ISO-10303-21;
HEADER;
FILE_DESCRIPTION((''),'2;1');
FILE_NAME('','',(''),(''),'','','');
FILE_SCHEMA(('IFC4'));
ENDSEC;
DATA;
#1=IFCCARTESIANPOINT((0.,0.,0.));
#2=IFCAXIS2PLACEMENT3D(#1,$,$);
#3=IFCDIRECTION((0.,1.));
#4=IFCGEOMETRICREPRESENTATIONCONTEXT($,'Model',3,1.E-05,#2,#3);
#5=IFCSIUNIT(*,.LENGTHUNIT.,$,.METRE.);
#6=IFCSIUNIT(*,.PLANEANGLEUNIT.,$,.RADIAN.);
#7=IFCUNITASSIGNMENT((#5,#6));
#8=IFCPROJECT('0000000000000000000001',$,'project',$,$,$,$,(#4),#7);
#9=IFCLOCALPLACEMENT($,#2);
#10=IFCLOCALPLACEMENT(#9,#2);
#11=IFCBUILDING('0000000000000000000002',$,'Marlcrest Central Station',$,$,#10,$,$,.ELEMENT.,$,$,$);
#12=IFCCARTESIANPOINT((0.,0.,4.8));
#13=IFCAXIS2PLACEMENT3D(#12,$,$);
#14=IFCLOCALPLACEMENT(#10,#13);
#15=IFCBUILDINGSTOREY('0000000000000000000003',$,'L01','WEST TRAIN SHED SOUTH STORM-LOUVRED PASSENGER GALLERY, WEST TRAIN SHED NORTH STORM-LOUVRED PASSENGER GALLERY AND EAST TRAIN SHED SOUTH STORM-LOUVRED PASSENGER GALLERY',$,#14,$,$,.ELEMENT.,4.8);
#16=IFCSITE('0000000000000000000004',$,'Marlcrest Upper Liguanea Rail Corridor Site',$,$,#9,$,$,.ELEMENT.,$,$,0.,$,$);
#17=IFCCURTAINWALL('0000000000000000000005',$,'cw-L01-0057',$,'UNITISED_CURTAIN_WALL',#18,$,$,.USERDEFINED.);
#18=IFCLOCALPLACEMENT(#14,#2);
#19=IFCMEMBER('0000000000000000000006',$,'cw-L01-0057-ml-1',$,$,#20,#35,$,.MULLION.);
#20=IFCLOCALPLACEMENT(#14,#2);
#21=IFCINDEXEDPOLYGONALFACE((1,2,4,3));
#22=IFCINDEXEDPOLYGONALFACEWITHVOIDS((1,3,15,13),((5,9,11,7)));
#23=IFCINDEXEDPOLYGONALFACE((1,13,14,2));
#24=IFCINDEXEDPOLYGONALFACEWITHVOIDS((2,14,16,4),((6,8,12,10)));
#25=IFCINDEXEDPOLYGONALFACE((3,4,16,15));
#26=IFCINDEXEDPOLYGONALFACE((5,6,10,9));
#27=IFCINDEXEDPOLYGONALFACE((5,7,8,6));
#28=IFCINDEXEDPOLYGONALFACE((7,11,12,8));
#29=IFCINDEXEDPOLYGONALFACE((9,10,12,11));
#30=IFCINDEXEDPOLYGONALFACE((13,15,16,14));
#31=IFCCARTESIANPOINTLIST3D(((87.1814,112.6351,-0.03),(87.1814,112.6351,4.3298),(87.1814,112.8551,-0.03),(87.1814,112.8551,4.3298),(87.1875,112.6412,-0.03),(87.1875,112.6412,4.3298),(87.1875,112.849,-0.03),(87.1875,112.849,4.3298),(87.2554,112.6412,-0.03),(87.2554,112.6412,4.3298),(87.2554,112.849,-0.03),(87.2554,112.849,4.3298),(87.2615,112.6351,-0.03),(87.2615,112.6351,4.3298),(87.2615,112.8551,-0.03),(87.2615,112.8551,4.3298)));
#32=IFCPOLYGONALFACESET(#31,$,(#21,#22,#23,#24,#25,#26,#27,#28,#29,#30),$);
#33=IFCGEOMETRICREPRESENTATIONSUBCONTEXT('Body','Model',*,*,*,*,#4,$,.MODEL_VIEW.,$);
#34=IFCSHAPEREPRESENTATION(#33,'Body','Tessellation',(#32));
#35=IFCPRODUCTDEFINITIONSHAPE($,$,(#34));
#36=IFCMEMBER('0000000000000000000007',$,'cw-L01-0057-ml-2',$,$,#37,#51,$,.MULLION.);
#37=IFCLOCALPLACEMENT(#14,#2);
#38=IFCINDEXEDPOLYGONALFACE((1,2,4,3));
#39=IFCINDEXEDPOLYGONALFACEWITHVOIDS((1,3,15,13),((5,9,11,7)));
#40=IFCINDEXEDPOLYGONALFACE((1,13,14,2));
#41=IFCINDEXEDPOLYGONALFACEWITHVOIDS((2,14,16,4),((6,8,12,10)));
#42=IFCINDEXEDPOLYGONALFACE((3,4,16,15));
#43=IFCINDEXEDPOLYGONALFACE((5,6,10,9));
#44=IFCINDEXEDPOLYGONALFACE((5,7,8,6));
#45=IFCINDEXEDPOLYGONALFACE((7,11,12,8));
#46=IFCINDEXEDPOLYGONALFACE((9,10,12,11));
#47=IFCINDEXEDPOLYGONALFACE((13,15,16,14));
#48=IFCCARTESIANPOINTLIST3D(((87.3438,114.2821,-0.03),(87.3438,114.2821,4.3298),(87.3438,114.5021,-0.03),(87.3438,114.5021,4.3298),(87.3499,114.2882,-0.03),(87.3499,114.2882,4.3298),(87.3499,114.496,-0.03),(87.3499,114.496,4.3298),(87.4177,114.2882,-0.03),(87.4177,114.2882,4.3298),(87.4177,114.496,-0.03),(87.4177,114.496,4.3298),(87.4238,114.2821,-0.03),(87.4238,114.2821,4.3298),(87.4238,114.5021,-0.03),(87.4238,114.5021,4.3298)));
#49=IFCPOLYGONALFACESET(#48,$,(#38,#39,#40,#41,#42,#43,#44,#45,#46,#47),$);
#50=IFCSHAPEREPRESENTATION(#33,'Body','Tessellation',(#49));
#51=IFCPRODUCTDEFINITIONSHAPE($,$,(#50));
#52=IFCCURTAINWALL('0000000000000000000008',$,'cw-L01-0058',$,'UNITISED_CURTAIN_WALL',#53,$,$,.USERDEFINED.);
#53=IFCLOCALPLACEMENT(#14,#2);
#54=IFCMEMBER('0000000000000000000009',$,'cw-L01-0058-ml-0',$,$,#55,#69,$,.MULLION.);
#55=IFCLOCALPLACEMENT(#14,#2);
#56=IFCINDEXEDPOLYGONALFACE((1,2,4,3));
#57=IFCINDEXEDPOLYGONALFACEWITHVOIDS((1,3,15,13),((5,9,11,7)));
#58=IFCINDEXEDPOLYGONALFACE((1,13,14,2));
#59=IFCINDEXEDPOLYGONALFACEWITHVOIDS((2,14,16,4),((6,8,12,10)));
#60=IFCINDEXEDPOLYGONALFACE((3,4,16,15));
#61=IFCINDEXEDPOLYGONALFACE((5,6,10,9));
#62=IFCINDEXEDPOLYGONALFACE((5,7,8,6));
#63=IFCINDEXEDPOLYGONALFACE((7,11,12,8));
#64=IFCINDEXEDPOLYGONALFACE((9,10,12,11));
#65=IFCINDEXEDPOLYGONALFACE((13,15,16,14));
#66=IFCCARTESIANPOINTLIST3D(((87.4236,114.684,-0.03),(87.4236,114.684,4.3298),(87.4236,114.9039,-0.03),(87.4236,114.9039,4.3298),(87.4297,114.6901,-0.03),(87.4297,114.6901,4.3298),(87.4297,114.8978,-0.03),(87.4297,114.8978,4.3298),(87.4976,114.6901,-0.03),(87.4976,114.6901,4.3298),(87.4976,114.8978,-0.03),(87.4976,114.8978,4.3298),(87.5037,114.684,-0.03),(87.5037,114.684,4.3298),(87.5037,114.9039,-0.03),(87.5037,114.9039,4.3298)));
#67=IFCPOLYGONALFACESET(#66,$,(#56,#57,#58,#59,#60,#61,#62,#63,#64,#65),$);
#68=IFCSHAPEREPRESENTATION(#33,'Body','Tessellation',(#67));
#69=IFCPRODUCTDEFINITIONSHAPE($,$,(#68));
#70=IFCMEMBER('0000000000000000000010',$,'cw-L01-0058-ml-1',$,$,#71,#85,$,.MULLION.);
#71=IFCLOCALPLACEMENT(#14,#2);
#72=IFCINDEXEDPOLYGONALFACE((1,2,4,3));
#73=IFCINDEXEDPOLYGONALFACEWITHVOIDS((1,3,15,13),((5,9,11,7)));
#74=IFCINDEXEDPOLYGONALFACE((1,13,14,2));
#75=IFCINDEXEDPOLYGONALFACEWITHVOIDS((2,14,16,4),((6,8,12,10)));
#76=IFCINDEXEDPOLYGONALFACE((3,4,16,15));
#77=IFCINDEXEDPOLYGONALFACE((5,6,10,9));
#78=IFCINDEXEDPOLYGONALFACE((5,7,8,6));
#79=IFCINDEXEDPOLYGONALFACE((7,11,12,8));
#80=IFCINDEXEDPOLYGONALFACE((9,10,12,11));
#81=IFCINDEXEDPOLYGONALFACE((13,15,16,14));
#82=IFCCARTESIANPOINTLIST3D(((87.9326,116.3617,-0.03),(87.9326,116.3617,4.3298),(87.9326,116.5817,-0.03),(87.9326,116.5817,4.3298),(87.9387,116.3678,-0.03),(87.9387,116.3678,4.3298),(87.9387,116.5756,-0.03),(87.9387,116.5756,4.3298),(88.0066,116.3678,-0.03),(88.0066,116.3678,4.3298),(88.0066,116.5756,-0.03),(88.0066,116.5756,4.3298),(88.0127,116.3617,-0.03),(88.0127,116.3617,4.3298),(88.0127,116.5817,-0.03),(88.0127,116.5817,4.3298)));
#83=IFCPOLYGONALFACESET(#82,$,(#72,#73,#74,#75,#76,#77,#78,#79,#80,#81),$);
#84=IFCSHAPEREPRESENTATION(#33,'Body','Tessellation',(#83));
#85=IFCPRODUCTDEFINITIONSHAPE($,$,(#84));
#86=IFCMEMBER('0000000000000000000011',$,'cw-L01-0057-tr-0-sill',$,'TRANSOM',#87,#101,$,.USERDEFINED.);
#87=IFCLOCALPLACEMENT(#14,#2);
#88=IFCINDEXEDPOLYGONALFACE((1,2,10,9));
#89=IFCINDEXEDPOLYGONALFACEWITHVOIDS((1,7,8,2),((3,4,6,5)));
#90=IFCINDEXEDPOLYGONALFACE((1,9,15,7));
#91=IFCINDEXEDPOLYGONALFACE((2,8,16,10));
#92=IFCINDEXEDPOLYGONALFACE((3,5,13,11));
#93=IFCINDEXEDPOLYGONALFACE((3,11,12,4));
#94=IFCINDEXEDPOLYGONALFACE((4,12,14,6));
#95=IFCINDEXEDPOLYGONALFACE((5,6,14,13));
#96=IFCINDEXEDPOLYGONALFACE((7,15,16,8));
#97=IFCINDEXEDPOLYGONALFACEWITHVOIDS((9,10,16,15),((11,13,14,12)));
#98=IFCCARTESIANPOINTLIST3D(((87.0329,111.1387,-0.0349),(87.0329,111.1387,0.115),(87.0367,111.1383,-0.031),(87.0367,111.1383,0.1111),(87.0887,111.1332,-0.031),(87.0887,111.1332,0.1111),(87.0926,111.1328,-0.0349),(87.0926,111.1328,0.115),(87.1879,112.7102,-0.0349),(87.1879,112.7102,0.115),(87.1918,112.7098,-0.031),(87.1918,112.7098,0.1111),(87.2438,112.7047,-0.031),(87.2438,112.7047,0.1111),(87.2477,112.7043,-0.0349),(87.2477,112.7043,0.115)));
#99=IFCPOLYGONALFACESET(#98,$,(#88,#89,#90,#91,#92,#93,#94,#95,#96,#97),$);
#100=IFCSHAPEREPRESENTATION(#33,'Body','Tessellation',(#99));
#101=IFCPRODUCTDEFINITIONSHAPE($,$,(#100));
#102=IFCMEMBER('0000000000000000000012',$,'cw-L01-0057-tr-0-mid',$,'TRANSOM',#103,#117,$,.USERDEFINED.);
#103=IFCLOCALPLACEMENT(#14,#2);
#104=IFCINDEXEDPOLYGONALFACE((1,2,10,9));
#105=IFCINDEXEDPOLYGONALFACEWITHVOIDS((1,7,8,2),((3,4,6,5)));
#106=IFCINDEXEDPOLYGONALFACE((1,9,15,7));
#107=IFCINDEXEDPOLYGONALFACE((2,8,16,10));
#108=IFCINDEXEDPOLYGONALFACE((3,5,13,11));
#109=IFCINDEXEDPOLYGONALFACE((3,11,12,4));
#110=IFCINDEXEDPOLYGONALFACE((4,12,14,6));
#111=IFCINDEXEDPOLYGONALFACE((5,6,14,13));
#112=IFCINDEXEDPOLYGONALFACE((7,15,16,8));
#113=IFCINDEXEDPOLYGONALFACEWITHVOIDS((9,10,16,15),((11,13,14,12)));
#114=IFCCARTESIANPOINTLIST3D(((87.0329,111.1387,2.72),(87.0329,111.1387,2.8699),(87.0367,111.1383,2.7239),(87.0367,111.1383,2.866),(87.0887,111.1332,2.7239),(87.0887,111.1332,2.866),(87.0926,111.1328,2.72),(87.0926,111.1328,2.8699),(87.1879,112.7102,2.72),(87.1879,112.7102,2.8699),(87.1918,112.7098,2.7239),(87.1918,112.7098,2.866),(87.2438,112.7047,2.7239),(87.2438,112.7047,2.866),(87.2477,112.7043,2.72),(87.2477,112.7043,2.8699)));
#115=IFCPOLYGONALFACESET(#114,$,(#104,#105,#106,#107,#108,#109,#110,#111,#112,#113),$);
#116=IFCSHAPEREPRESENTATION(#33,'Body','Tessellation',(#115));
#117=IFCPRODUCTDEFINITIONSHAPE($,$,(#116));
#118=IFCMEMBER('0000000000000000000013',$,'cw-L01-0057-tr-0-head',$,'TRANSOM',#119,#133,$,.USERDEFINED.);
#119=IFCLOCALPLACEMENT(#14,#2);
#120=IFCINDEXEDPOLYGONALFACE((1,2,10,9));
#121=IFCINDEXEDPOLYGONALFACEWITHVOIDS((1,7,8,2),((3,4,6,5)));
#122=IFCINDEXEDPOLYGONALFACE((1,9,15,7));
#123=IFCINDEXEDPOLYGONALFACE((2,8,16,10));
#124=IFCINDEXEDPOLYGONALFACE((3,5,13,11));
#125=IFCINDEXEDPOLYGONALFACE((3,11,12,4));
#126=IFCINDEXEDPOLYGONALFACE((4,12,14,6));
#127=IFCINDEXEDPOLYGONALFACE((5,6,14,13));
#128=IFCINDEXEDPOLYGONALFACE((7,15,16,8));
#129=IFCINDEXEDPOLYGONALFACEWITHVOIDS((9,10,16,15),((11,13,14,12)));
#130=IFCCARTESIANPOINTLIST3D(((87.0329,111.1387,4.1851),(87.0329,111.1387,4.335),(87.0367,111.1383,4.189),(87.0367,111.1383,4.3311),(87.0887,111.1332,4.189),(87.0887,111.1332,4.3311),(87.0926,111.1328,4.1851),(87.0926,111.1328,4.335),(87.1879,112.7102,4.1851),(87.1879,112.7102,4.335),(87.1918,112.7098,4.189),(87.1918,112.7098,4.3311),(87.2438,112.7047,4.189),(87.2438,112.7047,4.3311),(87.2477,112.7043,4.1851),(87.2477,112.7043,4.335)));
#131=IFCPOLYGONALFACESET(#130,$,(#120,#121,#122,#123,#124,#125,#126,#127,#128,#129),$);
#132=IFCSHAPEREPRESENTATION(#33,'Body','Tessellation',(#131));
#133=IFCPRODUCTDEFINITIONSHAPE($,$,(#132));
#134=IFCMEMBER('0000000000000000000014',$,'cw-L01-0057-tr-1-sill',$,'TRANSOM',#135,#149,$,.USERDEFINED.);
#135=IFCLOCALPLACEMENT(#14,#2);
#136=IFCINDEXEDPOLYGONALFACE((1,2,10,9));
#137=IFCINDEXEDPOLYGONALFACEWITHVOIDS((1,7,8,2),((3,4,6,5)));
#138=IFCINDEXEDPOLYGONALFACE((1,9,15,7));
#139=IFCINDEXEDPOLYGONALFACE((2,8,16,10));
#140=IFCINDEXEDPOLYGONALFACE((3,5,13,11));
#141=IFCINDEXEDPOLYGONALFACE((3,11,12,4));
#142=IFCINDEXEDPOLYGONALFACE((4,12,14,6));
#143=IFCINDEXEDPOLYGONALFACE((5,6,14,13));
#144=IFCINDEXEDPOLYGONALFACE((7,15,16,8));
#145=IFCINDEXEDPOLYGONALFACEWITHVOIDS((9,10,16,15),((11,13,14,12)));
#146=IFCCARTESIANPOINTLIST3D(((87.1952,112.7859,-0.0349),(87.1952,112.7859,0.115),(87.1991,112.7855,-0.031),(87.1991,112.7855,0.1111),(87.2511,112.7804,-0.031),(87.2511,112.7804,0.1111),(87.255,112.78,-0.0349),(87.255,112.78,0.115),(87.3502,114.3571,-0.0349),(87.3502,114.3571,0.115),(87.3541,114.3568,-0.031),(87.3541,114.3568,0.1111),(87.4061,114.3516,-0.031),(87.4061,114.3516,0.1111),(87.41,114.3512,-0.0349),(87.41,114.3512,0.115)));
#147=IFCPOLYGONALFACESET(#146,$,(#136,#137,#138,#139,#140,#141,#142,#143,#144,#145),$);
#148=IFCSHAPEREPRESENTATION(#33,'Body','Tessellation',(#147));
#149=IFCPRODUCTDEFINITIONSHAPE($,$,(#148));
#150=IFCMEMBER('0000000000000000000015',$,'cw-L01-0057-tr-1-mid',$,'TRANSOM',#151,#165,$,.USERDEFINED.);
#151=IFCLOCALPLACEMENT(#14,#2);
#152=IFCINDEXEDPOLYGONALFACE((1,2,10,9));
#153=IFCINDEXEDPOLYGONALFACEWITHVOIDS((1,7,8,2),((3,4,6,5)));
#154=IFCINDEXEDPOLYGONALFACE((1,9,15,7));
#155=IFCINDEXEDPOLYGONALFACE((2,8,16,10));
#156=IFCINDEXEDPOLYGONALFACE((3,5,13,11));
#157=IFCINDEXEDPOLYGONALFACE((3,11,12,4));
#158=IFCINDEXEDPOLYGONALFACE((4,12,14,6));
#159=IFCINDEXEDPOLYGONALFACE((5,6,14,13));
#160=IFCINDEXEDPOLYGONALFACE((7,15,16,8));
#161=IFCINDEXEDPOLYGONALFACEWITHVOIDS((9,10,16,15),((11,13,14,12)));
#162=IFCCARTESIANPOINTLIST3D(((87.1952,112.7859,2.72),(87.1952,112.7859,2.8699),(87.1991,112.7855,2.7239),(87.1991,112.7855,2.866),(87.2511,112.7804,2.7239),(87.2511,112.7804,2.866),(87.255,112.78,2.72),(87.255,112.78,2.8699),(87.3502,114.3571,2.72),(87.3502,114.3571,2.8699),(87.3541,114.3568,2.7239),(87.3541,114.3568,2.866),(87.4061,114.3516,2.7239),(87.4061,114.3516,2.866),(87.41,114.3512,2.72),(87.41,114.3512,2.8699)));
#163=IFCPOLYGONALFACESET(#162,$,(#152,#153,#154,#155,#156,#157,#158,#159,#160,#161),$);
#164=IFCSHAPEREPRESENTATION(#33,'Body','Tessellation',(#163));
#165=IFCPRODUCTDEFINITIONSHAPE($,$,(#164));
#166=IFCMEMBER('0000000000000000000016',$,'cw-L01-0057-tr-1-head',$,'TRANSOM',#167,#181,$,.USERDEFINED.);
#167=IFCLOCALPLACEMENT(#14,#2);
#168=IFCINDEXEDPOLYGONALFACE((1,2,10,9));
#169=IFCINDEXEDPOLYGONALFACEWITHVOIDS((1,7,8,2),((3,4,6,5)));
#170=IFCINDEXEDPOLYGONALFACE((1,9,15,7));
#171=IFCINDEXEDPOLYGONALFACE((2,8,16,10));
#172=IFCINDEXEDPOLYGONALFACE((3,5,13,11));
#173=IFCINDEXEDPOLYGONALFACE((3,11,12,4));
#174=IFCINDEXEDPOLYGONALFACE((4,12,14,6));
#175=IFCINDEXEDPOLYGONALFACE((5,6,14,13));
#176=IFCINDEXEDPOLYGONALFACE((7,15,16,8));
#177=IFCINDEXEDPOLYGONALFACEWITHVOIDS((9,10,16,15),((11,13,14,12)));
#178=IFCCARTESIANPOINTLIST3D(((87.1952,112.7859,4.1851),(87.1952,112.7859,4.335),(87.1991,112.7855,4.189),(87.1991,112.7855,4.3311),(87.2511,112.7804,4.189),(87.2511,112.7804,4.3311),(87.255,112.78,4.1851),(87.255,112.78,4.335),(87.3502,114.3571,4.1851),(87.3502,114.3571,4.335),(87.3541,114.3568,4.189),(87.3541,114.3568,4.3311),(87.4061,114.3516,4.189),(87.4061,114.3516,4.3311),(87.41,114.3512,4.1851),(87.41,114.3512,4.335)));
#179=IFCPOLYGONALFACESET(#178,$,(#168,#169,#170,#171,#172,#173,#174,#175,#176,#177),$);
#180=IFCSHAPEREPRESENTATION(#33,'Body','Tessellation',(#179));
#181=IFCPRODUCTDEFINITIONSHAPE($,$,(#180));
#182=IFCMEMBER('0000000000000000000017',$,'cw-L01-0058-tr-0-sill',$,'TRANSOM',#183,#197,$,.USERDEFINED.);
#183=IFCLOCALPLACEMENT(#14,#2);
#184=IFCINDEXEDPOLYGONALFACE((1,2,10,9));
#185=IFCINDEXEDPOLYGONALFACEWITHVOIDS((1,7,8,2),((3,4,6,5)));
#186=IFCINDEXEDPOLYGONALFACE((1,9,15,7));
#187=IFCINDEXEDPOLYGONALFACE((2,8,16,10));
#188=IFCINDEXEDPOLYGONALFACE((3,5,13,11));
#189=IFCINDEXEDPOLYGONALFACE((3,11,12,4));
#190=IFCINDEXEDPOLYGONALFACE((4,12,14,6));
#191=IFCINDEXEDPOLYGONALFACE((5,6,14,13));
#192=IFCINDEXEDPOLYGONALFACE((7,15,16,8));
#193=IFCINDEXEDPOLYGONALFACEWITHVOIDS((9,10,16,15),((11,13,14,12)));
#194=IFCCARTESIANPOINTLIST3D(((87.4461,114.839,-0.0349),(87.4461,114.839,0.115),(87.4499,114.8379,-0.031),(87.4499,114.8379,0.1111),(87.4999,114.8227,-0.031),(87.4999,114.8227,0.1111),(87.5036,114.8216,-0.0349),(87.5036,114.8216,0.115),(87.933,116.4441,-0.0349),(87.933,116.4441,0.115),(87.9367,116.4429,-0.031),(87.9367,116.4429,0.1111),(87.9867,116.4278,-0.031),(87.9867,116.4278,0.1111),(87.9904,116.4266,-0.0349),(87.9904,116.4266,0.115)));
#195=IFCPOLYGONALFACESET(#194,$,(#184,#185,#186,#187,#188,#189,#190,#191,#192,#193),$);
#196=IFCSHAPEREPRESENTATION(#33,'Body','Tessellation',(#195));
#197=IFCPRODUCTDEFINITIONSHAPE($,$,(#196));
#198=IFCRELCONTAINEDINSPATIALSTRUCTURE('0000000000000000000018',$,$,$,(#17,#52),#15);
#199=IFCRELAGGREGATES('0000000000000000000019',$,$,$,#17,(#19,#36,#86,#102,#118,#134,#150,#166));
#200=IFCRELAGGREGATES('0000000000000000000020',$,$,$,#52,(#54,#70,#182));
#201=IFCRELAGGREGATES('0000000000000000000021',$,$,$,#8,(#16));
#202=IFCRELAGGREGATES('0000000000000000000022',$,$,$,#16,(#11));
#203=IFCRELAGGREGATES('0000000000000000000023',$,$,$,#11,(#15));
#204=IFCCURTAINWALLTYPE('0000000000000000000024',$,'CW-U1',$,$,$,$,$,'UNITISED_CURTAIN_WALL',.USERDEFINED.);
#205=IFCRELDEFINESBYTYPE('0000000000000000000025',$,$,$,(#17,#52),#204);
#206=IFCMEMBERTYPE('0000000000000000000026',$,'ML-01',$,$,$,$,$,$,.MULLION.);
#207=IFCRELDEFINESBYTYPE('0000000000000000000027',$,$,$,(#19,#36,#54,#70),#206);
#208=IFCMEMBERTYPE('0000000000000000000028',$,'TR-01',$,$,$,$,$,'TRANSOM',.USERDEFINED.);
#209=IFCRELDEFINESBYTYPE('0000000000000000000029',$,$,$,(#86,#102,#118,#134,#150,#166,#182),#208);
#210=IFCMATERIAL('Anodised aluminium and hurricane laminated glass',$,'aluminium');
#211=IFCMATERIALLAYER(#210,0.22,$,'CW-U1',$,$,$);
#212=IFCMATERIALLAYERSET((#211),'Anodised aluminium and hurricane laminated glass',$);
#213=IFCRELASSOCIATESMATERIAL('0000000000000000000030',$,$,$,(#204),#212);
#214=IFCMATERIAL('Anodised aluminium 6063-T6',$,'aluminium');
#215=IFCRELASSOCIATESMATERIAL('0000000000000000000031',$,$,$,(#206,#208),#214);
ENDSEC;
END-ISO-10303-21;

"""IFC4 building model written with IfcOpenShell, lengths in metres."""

from ifc_helpers import new_model, si_unit, direction, frame, origin, origin_2d, place, context, subcontext, project, spatial, hollow_rectangle, extrude, material, layer, layer_set, material_profile, profile_set, type_object, element, aggregate, save


model = new_model("IFC4")

# Units and contexts
model_context = context("Model", 3, precision=1e-05, world=origin(), true_north=direction((0.0, 1.0)))
body_context = subcontext(model_context, "Body", "Model", "MODEL_VIEW")
ifc_project = project(units=[si_unit("LENGTHUNIT", "METRE"), si_unit("PLANEANGLEUNIT", "RADIAN")], contexts=[model_context])

# Site, building, storey
site_placement = place(None, origin())
site = spatial("IfcSite", under=ifc_project, at=site_placement, Name="Marlcrest Upper Liguanea Rail Corridor Site", CompositionType="ELEMENT", RefElevation=0.0)
building_placement = place(site_placement, origin())
building = spatial("IfcBuilding", under=site, at=building_placement, Name="Marlcrest Central Station", CompositionType="ELEMENT")
storey_placement = place(building_placement, frame((0.0, 0.0, 4.8)))
storey = spatial("IfcBuildingStorey", under=building, at=storey_placement, Name="L01", Description="WEST TRAIN SHED SOUTH STORM-LOUVRED PASSENGER GALLERY, WEST TRAIN SHED NORTH STORM-LOUVRED PASSENGER GALLERY AND EAST TRAIN SHED SOUTH STORM-LOUVRED PASSENGER GALLERY", CompositionType="ELEMENT", Elevation=4.8)

# Curtain walls, members
ifc_material_1 = material(Name="Anodised aluminium and hurricane laminated glass", Category="aluminium")
ifc_layer_1 = layer(ifc_material_1, 0.22, Name="CW-U1")
ifc_layer_set_1 = layer_set([ifc_layer_1], Name="Anodised aluminium and hurricane laminated glass")
curtain_wall_type = type_object("IfcCurtainWallType", Name="CW-U1", ElementType="UNITISED_CURTAIN_WALL", PredefinedType="USERDEFINED", material=ifc_layer_set_1)
curtain_wall_1_placement = place(storey_placement, origin())
curtain_wall_1 = element("IfcCurtainWall", 1, at=curtain_wall_1_placement, inside=storey, type_object=curtain_wall_type, Name="cw-L01-0057", ObjectType="UNITISED_CURTAIN_WALL", PredefinedType="USERDEFINED")
ifc_material_2 = material(Name="Anodised aluminium 6063-T6", Category="aluminium")
ifc_material_profile_1 = material_profile(ifc_material_2, hollow_rectangle(XDim=0.0801, YDim=0.22, WallThickness=0.0061, at=origin_2d()), Name="AA-RHS 220x80x6")
ifc_profile_set_1 = profile_set([ifc_material_profile_1], Name="Anodised aluminium 6063-T6")
member_type_1 = type_object("IfcMemberType", Name="ML-01", PredefinedType="MULLION", material=ifc_profile_set_1)
member_1_placement = place(storey_placement, frame((87.2214, 112.7451, -0.03), z_axis=(0.0, 0.0, 1.0), x_axis=(1.0, 0.0, 0.0)))
member_1 = element("IfcMember", 2, at=member_1_placement, type_object=member_type_1, Name="cw-L01-0057-ml-1", PredefinedType="MULLION", context=body_context, shape_type="SweptSolid", body=[
    extrude(hollow_rectangle(XDim=0.0801, YDim=0.22, WallThickness=0.0061, at=origin_2d()), origin(), (0.0, 0.0, 1.0), 4.3599),
])
member_2_placement = place(storey_placement, frame((87.3838, 114.3921, -0.03), z_axis=(0.0, 0.0, 1.0), x_axis=(1.0, 0.0, 0.0)))
member_2 = element("IfcMember", 3, at=member_2_placement, type_object=member_type_1, Name="cw-L01-0057-ml-2", PredefinedType="MULLION", context=body_context, shape_type="SweptSolid", body=[
    extrude(hollow_rectangle(XDim=0.0801, YDim=0.22, WallThickness=0.0061, at=origin_2d()), origin(), (0.0, 0.0, 1.0), 4.3599),
])
curtain_wall_2_placement = place(storey_placement, origin())
curtain_wall_2 = element("IfcCurtainWall", 4, at=curtain_wall_2_placement, inside=storey, type_object=curtain_wall_type, Name="cw-L01-0058", ObjectType="UNITISED_CURTAIN_WALL", PredefinedType="USERDEFINED")
member_3_placement = place(storey_placement, frame((87.4636, 114.7939, -0.03), z_axis=(0.0, 0.0, 1.0), x_axis=(1.0, 0.0, 0.0)))
member_3 = element("IfcMember", 5, at=member_3_placement, type_object=member_type_1, Name="cw-L01-0058-ml-0", PredefinedType="MULLION", context=body_context, shape_type="SweptSolid", body=[
    extrude(hollow_rectangle(XDim=0.0801, YDim=0.22, WallThickness=0.0061, at=origin_2d()), origin(), (0.0, 0.0, 1.0), 4.3599),
])
member_4_placement = place(storey_placement, frame((87.9727, 116.4717, -0.03), z_axis=(0.0, 0.0, 1.0), x_axis=(1.0, 0.0, 0.0)))
member_4 = element("IfcMember", 6, at=member_4_placement, type_object=member_type_1, Name="cw-L01-0058-ml-1", PredefinedType="MULLION", context=body_context, shape_type="SweptSolid", body=[
    extrude(hollow_rectangle(XDim=0.0801, YDim=0.22, WallThickness=0.0061, at=origin_2d()), origin(), (0.0, 0.0, 1.0), 4.3599),
])

# Members
ifc_material_profile_2 = material_profile(ifc_material_2, hollow_rectangle(XDim=0.0601, YDim=0.1499, WallThickness=0.0039, at=origin_2d()), Name="AA-RHS 150x60x4")
ifc_profile_set_2 = profile_set([ifc_material_profile_2], Name="Anodised aluminium 6063-T6")
member_type_2 = type_object("IfcMemberType", Name="TR-01", ElementType="TRANSOM", PredefinedType="USERDEFINED", material=ifc_profile_set_2)
member_5_placement = place(storey_placement, frame((87.0627, 111.1357, 0.04), z_axis=(0.098172, 0.995169, 0.0), x_axis=(-0.995169, 0.098172, 0.0)))
member_5 = element("IfcMember", 7, at=member_5_placement, type_object=member_type_2, Name="cw-L01-0057-tr-0-sill", ObjectType="TRANSOM", PredefinedType="USERDEFINED", context=body_context, shape_type="SweptSolid", body=[
    extrude(hollow_rectangle(XDim=0.0601, YDim=0.1499, WallThickness=0.0039, at=origin_2d()), origin(), (0.0, 0.0, 1.0), 1.5791),
])
member_6_placement = place(storey_placement, frame((87.0627, 111.1357, 2.7949), z_axis=(0.098172, 0.995169, 0.0), x_axis=(-0.995169, 0.098172, 0.0)))
member_6 = element("IfcMember", 8, at=member_6_placement, type_object=member_type_2, Name="cw-L01-0057-tr-0-mid", ObjectType="TRANSOM", PredefinedType="USERDEFINED", context=body_context, shape_type="SweptSolid", body=[
    extrude(hollow_rectangle(XDim=0.0601, YDim=0.1499, WallThickness=0.0039, at=origin_2d()), origin(), (0.0, 0.0, 1.0), 1.5791),
])
member_7_placement = place(storey_placement, frame((87.0627, 111.1357, 4.26), z_axis=(0.098172, 0.995169, 0.0), x_axis=(-0.995169, 0.098172, 0.0)))
member_7 = element("IfcMember", 9, at=member_7_placement, type_object=member_type_2, Name="cw-L01-0057-tr-0-head", ObjectType="TRANSOM", PredefinedType="USERDEFINED", context=body_context, shape_type="SweptSolid", body=[
    extrude(hollow_rectangle(XDim=0.0601, YDim=0.1499, WallThickness=0.0039, at=origin_2d()), origin(), (0.0, 0.0, 1.0), 1.5791),
])
member_8_placement = place(storey_placement, frame((87.2251, 112.783, 0.04), z_axis=(0.098187, 0.995168, 0.0), x_axis=(-0.995168, 0.098187, 0.0)))
member_8 = element("IfcMember", 10, at=member_8_placement, type_object=member_type_2, Name="cw-L01-0057-tr-1-sill", ObjectType="TRANSOM", PredefinedType="USERDEFINED", context=body_context, shape_type="SweptSolid", body=[
    extrude(hollow_rectangle(XDim=0.0601, YDim=0.1499, WallThickness=0.0039, at=origin_2d()), origin(), (0.0, 0.0, 1.0), 1.5789),
])
member_9_placement = place(storey_placement, frame((87.2251, 112.783, 2.7949), z_axis=(0.098187, 0.995168, 0.0), x_axis=(-0.995168, 0.098187, 0.0)))
member_9 = element("IfcMember", 11, at=member_9_placement, type_object=member_type_2, Name="cw-L01-0057-tr-1-mid", ObjectType="TRANSOM", PredefinedType="USERDEFINED", context=body_context, shape_type="SweptSolid", body=[
    extrude(hollow_rectangle(XDim=0.0601, YDim=0.1499, WallThickness=0.0039, at=origin_2d()), origin(), (0.0, 0.0, 1.0), 1.5789),
])
member_10_placement = place(storey_placement, frame((87.2251, 112.783, 4.26), z_axis=(0.098187, 0.995168, 0.0), x_axis=(-0.995168, 0.098187, 0.0)))
member_10 = element("IfcMember", 12, at=member_10_placement, type_object=member_type_2, Name="cw-L01-0057-tr-1-head", ObjectType="TRANSOM", PredefinedType="USERDEFINED", context=body_context, shape_type="SweptSolid", body=[
    extrude(hollow_rectangle(XDim=0.0601, YDim=0.1499, WallThickness=0.0039, at=origin_2d()), origin(), (0.0, 0.0, 1.0), 1.5789),
])
member_11_placement = place(storey_placement, frame((87.4749, 114.8303, 0.04), z_axis=(0.290258, 0.956948, 0.0), x_axis=(-0.956948, 0.290258, 0.0)))
member_11 = element("IfcMember", 13, at=member_11_placement, type_object=member_type_2, Name="cw-L01-0058-tr-0-sill", ObjectType="TRANSOM", PredefinedType="USERDEFINED", context=body_context, shape_type="SweptSolid", body=[
    extrude(hollow_rectangle(XDim=0.0601, YDim=0.1499, WallThickness=0.0039, at=origin_2d()), origin(), (0.0, 0.0, 1.0), 1.6772),
])

aggregate(curtain_wall_1, [member_1, member_2, member_5, member_6, member_7, member_8, member_9, member_10])
aggregate(curtain_wall_2, [member_3, member_4, member_11])

save(model, "model.ifc")
